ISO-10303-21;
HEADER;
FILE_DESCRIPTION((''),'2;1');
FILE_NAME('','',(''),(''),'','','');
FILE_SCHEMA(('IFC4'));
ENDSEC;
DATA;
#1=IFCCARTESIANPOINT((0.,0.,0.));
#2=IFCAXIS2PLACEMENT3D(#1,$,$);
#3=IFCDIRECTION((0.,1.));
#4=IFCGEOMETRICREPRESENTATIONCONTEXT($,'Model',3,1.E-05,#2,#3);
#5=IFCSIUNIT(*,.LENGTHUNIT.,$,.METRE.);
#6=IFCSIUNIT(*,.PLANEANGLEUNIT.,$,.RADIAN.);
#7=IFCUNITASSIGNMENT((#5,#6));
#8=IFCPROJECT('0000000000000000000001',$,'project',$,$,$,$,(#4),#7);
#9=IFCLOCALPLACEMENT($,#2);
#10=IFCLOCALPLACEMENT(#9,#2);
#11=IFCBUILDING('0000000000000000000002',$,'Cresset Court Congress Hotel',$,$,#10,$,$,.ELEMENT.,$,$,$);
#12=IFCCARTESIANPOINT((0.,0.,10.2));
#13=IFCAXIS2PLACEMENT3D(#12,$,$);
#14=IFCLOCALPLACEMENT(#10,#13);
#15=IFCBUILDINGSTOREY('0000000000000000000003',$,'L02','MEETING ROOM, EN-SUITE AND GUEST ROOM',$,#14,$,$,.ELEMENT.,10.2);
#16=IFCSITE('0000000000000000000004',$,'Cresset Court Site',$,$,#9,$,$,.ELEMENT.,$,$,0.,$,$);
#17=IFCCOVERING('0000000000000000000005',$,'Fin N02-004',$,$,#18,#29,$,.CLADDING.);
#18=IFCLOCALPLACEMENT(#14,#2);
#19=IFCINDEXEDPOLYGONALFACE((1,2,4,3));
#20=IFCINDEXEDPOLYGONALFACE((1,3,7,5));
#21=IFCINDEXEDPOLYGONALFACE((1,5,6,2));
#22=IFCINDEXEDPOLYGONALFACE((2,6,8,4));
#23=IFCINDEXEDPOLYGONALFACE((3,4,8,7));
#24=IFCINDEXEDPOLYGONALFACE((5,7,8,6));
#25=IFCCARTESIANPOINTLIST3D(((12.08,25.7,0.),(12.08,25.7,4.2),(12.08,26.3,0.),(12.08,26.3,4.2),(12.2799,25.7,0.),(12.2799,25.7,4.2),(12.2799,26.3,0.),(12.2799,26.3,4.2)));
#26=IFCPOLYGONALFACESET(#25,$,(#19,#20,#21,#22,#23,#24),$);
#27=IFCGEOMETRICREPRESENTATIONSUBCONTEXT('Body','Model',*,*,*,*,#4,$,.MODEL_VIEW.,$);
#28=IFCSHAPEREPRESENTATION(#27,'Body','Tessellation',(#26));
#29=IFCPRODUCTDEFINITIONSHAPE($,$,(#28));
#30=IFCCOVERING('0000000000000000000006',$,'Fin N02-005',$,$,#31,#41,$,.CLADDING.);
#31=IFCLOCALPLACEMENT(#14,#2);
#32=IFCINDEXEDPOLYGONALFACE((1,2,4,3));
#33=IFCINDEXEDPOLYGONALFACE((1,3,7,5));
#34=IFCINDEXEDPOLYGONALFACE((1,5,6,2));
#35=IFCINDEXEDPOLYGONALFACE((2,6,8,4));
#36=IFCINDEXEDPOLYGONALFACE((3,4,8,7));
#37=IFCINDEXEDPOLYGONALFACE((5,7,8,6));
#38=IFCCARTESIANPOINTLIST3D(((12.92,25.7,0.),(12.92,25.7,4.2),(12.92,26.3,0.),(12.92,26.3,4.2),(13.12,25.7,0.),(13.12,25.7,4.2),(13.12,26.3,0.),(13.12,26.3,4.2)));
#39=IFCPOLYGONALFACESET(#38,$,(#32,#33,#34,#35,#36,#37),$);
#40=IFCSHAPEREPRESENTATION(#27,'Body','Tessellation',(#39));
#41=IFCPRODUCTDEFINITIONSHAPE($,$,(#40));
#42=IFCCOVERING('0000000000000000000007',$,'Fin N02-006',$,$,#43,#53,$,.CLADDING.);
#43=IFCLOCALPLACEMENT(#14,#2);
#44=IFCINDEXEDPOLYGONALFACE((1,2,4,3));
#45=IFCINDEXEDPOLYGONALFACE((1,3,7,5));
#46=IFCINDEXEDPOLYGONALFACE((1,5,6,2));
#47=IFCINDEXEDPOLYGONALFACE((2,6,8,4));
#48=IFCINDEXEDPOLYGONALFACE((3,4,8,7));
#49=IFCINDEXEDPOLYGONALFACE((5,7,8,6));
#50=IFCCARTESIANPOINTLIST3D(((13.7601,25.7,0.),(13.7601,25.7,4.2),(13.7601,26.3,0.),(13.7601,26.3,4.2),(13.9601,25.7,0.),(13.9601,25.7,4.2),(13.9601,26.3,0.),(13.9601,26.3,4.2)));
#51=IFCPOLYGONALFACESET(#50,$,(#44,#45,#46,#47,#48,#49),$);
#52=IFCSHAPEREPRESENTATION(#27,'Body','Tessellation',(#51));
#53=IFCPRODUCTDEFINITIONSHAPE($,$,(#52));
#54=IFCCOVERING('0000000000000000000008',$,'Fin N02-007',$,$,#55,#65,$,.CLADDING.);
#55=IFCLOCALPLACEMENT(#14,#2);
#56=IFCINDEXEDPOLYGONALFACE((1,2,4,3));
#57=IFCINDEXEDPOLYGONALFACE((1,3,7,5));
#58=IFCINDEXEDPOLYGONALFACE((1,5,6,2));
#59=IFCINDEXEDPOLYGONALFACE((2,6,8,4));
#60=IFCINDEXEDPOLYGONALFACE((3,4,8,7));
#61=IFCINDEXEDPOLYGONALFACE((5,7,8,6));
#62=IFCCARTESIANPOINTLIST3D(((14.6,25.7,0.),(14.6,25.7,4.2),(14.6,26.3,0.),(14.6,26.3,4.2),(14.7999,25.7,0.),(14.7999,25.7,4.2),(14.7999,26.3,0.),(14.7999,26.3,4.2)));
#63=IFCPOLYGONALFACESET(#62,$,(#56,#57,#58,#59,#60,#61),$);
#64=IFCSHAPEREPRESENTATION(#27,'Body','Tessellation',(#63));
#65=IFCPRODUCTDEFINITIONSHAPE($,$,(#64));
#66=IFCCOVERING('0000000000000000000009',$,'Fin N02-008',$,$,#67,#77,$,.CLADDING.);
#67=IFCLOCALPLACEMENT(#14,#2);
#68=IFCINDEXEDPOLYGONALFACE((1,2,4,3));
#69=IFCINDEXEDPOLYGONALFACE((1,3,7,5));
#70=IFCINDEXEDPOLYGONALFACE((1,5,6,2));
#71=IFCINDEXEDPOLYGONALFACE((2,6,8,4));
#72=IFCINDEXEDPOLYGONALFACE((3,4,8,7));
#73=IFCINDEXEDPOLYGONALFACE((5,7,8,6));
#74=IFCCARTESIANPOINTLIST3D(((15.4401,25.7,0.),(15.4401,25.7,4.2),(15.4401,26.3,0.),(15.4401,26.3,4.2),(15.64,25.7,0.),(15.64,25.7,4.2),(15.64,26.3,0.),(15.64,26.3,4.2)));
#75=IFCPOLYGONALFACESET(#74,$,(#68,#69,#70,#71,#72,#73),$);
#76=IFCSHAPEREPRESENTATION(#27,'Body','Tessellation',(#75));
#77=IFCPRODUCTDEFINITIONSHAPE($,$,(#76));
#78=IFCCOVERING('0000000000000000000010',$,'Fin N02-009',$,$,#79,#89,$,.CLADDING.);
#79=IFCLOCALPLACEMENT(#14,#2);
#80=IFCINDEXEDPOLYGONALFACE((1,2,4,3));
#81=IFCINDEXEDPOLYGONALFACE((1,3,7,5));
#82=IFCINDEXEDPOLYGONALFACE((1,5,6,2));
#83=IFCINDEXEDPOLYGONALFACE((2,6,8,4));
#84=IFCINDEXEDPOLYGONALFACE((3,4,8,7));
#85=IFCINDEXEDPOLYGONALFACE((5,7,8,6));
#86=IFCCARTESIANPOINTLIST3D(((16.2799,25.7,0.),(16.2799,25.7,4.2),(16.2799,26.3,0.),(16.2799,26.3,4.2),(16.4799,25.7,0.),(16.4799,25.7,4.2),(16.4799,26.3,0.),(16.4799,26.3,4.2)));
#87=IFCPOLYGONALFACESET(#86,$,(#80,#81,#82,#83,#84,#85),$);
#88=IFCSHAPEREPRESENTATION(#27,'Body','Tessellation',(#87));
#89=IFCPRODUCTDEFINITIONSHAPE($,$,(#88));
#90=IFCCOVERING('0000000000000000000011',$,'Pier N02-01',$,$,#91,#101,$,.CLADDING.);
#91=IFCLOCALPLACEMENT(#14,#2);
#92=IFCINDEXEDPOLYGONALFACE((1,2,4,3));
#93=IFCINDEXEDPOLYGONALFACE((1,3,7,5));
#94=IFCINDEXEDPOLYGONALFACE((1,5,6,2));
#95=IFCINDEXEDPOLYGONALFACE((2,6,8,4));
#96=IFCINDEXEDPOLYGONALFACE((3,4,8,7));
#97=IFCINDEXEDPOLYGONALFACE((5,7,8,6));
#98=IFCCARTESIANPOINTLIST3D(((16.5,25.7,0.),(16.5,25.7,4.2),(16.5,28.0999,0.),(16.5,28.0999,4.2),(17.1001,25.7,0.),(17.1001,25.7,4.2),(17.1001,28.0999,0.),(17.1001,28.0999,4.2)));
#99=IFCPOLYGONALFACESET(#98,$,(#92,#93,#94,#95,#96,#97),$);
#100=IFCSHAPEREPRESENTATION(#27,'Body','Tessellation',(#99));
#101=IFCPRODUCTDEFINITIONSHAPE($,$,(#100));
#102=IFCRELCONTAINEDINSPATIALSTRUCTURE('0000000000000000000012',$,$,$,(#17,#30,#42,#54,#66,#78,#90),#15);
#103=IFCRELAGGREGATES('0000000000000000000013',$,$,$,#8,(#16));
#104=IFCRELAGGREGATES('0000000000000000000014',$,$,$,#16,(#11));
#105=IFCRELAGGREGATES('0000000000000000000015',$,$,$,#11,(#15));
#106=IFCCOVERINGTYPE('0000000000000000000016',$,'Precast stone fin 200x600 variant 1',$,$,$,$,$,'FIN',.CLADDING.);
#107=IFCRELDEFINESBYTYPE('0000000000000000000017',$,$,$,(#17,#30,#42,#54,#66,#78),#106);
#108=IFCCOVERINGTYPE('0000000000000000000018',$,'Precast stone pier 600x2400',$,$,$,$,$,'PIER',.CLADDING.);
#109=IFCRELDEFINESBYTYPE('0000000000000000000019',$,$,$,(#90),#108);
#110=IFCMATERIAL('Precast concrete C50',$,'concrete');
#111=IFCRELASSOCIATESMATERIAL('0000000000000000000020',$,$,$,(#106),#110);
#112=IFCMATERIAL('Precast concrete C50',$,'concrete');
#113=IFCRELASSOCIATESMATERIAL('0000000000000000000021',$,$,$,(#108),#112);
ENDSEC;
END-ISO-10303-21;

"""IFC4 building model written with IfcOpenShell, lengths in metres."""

from ifc_helpers import new_model, si_unit, direction, frame, origin, origin_2d, place, context, subcontext, project, spatial, rectangle, extrude, material, type_object, element, save


model = new_model("IFC4")

# Units and contexts
model_context = context("Model", 3, precision=1e-05, world=origin(), true_north=direction((0.0, 1.0)))
body_context = subcontext(model_context, "Body", "Model", "MODEL_VIEW")
ifc_project = project(units=[si_unit("LENGTHUNIT", "METRE"), si_unit("PLANEANGLEUNIT", "RADIAN")], contexts=[model_context])

# Site, building, storey
site_placement = place(None, origin())
site = spatial("IfcSite", under=ifc_project, at=site_placement, Name="Cresset Court Site", CompositionType="ELEMENT", RefElevation=0.0)
building_placement = place(site_placement, origin())
building = spatial("IfcBuilding", under=site, at=building_placement, Name="Cresset Court Congress Hotel", CompositionType="ELEMENT")
storey_placement = place(building_placement, frame((0.0, 0.0, 10.2)))
storey = spatial("IfcBuildingStorey", under=building, at=storey_placement, Name="L02", Description="MEETING ROOM, EN-SUITE AND GUEST ROOM", CompositionType="ELEMENT", Elevation=10.2)

# Coverings
ifc_material_1 = material(Name="Precast concrete C50", Category="concrete")
covering_type_1 = type_object("IfcCoveringType", Name="Precast stone fin 200x600 variant 1", ElementType="FIN", PredefinedType="CLADDING", material=ifc_material_1)
for number, where, z_axis, x_axis, name in (
    (1, (12.1799, 26.0, 0.0), (0.0, 0.0, 1.0), (1.0, 0.0, 0.0), "Fin N02-004"),
    (2, (13.02, 26.0, 0.0), (0.0, 0.0, 1.0), (1.0, 0.0, 0.0), "Fin N02-005"),
    (3, (13.8601, 26.0, 0.0), (0.0, 0.0, 1.0), (1.0, 0.0, 0.0), "Fin N02-006"),
    (4, (14.7, 26.0, 0.0), (0.0, 0.0, 1.0), (1.0, 0.0, 0.0), "Fin N02-007"),
    (5, (15.54, 26.0, 0.0), (0.0, 0.0, 1.0), (1.0, 0.0, 0.0), "Fin N02-008"),
    (6, (16.3799, 26.0, 0.0), (0.0, 0.0, 1.0), (1.0, 0.0, 0.0), "Fin N02-009"),
):
    element("IfcCovering", number, at=place(storey_placement, frame(where, z_axis=z_axis, x_axis=x_axis)), inside=storey, type_object=covering_type_1, Name=name, PredefinedType="CLADDING", context=body_context, shape_type="SweptSolid", body=[
        extrude(rectangle(XDim=0.2, YDim=0.6001, at=origin_2d()), origin(), (0.0, 0.0, 1.0), 4.2),
    ])
ifc_material_2 = material(Name="Precast concrete C50", Category="concrete")
covering_type_2 = type_object("IfcCoveringType", Name="Precast stone pier 600x2400", ElementType="PIER", PredefinedType="CLADDING", material=ifc_material_2)
covering_placement = place(storey_placement, frame((16.8, 26.8999, 0.0), z_axis=(0.0, 0.0, 1.0), x_axis=(1.0, 0.0, 0.0)))
element("IfcCovering", 7, at=covering_placement, inside=storey, type_object=covering_type_2, Name="Pier N02-01", PredefinedType="CLADDING", context=body_context, shape_type="SweptSolid", body=[
    extrude(rectangle(XDim=0.6001, YDim=2.3999, at=origin_2d()), origin(), (0.0, 0.0, 1.0), 4.2),
])

save(model, "model.ifc")
